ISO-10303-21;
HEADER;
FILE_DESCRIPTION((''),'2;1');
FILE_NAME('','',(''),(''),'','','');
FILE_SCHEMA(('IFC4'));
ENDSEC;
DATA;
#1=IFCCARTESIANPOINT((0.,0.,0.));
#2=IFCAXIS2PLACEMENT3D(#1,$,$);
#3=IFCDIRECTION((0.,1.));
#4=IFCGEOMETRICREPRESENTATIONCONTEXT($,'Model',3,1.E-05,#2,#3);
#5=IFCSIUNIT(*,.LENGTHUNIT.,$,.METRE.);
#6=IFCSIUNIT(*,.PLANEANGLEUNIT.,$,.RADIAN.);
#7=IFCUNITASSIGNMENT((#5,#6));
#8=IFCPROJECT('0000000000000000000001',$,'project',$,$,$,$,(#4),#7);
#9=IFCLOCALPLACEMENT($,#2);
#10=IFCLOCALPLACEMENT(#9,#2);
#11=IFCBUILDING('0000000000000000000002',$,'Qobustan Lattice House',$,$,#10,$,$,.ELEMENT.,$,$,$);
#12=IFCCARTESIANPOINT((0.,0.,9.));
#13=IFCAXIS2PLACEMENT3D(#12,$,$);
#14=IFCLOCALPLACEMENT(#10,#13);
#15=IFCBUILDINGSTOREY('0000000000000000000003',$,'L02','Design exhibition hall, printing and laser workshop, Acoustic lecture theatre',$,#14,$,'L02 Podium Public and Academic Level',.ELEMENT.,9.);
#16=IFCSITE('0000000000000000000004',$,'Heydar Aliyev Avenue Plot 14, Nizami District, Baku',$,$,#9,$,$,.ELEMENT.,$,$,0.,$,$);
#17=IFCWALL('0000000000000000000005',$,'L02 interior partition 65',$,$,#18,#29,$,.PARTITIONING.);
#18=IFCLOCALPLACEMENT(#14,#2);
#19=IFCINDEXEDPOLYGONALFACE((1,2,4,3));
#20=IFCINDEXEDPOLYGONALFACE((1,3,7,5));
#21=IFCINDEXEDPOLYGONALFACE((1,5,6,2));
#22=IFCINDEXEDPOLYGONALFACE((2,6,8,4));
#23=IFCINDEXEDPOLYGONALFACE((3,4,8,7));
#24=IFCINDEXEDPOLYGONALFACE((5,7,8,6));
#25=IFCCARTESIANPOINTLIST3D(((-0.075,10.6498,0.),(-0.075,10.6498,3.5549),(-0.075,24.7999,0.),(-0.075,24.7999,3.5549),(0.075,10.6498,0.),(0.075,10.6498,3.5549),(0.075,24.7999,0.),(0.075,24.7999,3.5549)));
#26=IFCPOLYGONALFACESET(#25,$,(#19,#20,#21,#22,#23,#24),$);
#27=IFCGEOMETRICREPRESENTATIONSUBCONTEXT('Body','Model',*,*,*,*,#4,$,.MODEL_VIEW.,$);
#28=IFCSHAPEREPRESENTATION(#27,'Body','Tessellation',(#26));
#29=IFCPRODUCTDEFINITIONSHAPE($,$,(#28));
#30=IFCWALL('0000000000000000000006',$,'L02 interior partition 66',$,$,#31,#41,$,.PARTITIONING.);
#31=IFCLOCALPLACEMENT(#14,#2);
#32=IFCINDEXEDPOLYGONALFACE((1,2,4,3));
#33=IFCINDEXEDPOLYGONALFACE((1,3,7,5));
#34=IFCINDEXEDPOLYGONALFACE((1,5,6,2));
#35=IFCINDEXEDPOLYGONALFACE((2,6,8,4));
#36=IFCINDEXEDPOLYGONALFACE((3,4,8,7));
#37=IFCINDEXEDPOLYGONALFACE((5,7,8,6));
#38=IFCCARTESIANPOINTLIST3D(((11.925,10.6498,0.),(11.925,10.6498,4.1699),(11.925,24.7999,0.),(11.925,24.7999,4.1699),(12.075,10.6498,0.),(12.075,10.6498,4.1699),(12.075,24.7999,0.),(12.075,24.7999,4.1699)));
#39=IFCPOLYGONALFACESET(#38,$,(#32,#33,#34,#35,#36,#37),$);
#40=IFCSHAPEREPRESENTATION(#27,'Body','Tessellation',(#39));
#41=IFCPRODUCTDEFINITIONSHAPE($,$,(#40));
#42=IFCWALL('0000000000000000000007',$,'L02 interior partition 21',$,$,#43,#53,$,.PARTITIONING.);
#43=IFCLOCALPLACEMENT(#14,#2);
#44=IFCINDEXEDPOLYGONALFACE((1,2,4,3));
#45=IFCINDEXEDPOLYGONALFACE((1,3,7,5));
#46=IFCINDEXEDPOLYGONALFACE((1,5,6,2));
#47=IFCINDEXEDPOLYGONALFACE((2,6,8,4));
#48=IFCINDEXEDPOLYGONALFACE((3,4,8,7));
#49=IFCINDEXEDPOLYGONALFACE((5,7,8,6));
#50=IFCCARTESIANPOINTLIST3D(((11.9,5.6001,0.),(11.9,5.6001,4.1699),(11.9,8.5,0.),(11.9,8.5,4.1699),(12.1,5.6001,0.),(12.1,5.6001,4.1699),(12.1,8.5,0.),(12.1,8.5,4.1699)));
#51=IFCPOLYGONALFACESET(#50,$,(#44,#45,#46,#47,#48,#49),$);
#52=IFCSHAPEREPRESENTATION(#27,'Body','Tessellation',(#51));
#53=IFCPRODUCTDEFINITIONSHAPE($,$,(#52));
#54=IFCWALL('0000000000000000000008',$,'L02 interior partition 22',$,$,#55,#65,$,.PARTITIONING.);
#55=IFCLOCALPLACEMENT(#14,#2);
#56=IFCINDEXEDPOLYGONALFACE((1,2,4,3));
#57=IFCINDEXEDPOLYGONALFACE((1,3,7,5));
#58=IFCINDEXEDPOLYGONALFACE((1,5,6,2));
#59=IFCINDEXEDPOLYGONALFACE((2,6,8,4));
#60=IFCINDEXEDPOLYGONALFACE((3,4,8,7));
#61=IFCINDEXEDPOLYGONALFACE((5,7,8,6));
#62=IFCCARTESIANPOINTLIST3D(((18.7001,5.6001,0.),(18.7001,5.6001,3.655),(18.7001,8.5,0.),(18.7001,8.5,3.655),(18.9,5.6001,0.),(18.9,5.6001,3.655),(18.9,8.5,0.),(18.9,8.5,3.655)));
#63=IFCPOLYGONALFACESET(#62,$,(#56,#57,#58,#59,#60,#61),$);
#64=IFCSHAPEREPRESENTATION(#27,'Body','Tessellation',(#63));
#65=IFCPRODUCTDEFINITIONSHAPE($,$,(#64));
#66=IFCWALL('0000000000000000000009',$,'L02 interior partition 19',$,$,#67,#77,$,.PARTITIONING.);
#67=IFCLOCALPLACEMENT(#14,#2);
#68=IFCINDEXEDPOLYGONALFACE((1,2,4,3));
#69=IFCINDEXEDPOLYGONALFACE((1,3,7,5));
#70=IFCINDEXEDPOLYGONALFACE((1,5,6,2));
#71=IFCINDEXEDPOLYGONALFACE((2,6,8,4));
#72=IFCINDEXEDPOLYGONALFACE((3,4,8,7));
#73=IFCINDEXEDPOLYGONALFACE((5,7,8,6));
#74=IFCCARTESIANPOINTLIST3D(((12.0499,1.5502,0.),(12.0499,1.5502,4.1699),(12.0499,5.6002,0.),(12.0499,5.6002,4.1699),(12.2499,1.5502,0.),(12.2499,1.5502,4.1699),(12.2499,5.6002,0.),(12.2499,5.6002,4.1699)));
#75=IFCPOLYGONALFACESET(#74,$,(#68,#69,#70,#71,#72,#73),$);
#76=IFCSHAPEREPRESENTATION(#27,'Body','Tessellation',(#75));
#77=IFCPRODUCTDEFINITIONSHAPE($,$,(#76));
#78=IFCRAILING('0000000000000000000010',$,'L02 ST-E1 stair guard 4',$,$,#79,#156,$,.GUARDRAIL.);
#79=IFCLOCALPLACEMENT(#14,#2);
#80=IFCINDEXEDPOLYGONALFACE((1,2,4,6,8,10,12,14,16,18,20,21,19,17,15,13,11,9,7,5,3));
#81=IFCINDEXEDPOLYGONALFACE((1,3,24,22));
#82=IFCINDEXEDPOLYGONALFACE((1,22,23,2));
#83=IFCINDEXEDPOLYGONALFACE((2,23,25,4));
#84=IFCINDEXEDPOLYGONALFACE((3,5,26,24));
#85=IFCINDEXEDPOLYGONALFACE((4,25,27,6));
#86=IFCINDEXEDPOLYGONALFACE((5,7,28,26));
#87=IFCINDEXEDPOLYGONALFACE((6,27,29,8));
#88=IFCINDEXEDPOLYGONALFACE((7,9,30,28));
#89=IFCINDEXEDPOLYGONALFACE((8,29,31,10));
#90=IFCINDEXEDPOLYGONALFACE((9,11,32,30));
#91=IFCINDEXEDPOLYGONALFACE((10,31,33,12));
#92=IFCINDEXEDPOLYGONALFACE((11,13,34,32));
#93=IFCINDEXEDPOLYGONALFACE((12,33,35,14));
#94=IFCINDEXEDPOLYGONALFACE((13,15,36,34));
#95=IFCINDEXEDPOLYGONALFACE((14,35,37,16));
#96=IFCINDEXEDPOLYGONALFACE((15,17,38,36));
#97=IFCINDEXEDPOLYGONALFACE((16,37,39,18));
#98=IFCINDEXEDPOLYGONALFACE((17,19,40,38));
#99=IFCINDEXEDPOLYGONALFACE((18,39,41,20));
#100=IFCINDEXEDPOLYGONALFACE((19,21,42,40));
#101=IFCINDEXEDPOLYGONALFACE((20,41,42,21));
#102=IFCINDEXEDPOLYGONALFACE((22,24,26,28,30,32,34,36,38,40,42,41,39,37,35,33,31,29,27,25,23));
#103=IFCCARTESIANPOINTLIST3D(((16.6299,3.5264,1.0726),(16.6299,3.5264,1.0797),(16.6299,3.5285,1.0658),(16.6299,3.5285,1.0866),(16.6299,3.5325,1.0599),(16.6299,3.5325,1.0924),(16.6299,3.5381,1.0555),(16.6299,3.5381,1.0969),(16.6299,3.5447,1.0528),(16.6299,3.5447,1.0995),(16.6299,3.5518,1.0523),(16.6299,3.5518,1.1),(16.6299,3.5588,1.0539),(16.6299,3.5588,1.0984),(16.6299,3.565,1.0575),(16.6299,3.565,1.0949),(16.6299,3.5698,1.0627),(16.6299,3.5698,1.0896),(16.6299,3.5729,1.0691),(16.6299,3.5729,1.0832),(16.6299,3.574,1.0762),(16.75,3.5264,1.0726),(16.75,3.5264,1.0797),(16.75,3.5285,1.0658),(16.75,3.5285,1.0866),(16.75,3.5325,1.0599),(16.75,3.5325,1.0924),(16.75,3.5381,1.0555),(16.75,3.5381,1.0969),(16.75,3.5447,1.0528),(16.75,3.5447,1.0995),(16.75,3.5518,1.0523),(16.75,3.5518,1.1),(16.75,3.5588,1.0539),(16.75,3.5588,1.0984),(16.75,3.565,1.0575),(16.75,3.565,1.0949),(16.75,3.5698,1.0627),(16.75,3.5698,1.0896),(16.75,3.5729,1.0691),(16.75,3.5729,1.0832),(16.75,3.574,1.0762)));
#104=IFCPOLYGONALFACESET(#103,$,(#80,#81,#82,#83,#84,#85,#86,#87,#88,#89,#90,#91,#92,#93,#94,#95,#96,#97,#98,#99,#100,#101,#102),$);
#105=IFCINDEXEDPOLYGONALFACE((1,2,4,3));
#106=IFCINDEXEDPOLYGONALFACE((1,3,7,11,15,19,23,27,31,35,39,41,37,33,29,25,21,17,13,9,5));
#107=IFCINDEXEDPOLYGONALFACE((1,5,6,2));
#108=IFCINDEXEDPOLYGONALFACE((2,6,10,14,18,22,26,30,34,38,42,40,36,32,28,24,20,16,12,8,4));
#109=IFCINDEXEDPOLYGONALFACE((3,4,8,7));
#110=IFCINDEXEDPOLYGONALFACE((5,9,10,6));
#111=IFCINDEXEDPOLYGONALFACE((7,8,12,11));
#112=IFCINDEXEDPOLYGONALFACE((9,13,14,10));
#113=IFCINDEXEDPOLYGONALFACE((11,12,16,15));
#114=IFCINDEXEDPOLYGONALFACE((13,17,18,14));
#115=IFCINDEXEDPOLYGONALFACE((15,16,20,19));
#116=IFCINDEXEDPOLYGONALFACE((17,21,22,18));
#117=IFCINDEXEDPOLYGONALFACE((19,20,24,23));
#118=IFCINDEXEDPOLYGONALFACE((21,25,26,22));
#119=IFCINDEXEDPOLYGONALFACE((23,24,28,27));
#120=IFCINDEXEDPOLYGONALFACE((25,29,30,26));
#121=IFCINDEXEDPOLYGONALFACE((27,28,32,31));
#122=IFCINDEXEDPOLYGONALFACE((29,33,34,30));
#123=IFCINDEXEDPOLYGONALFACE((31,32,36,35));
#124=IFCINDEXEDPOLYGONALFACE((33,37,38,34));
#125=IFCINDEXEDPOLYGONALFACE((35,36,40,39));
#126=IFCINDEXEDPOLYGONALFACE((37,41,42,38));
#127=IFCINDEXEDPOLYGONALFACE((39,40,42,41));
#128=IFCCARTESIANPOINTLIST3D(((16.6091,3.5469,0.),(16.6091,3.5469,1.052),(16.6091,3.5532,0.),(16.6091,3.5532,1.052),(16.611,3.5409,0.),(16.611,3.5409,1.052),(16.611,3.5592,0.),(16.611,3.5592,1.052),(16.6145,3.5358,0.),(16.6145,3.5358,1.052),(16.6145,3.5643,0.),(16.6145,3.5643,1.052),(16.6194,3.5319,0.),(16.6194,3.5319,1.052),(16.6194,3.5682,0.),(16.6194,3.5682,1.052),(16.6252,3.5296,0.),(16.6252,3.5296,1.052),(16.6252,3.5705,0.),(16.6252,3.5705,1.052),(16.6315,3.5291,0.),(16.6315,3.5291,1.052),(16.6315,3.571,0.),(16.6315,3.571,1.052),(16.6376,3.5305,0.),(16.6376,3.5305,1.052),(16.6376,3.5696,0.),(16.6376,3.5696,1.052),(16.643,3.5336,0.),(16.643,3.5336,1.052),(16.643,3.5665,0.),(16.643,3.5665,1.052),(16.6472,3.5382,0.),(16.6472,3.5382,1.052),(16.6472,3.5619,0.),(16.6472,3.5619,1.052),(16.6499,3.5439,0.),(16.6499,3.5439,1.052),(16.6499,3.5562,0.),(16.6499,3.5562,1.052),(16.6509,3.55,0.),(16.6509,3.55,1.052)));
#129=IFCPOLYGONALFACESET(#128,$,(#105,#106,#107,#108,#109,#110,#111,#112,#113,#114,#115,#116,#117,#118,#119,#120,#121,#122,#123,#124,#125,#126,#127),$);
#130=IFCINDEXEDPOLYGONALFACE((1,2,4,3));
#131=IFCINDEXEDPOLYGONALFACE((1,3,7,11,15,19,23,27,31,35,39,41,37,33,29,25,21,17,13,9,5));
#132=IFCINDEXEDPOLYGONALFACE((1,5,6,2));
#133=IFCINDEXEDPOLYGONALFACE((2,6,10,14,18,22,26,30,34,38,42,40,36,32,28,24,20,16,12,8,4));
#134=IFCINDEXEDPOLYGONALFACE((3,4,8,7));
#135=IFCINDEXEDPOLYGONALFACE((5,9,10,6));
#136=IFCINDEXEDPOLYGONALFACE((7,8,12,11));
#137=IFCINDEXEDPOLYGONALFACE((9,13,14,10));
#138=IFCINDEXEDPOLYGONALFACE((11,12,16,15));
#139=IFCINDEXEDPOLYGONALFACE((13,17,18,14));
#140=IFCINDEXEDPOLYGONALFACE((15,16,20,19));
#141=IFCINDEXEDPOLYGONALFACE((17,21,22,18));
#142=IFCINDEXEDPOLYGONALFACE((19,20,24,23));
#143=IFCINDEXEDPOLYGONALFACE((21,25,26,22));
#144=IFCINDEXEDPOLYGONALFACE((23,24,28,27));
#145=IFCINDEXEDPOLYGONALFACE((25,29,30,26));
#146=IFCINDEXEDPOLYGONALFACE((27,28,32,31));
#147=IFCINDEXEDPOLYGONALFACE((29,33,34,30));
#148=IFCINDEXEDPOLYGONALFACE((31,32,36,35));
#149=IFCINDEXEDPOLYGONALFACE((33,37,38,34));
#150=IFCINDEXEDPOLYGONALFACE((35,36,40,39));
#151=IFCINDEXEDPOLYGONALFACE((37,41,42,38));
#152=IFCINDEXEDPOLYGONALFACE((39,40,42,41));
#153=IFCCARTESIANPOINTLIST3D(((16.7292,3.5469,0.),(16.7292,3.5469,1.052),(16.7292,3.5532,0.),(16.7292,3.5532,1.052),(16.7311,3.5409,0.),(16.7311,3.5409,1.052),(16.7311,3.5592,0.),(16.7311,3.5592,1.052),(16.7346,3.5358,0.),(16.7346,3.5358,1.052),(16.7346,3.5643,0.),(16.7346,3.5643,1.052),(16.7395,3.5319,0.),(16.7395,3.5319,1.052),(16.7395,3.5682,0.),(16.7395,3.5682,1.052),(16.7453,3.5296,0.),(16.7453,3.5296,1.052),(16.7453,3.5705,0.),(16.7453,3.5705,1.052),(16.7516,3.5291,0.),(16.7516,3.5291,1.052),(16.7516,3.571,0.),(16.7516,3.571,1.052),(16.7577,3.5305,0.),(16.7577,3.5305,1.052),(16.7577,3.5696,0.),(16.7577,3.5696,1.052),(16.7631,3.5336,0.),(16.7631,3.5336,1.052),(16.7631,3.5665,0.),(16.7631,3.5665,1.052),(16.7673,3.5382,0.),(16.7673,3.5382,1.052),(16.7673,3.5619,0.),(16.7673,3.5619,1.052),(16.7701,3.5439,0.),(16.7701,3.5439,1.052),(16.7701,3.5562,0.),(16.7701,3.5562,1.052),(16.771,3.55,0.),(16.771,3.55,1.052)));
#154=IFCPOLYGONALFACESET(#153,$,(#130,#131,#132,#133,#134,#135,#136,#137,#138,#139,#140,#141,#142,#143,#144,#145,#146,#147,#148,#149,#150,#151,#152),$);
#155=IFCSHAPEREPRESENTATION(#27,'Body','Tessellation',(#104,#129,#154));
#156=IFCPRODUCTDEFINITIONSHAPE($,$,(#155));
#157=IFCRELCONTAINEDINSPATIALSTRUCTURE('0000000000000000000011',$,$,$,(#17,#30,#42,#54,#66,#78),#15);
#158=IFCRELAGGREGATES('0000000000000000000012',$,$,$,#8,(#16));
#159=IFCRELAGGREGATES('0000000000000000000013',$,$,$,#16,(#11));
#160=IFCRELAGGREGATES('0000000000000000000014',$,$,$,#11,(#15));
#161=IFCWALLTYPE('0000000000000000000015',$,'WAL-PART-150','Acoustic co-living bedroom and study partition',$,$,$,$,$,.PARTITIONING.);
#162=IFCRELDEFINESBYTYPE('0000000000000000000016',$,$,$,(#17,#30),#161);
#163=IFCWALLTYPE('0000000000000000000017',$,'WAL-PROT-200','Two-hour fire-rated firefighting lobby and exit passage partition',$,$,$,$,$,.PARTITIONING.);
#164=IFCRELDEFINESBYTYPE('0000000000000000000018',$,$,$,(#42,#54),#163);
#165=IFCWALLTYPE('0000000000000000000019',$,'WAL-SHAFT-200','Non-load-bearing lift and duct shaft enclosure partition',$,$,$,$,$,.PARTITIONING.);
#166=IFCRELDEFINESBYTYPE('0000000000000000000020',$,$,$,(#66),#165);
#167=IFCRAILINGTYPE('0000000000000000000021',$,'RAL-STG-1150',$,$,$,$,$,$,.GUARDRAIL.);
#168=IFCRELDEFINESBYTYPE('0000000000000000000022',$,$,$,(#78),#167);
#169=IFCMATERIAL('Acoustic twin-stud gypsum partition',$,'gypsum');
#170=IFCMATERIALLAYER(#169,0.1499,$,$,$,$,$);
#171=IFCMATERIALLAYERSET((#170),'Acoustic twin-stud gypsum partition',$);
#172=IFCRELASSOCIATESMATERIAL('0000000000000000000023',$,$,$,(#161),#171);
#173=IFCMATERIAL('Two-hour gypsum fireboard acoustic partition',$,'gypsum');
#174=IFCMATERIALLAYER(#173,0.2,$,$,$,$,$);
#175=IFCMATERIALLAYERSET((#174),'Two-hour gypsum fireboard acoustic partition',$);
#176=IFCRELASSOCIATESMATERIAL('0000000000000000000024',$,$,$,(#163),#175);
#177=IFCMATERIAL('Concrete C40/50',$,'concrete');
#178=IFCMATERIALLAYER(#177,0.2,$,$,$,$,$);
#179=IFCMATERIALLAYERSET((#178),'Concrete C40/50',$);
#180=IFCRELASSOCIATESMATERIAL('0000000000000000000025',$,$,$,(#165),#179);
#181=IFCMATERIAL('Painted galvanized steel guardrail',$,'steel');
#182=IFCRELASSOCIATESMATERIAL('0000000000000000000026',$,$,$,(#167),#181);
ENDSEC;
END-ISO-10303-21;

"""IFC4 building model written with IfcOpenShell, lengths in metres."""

from ifc_helpers import new_model, si_unit, direction, frame, frame_2d, origin, origin_2d, place, context, subcontext, project, spatial, rectangle, circle, extrude, material, layer, layer_set, type_object, element, save


model = new_model("IFC4")

# Units and contexts
model_context = context("Model", 3, precision=1e-05, world=origin(), true_north=direction((0.0, 1.0)))
body_context = subcontext(model_context, "Body", "Model", "MODEL_VIEW")
ifc_project = project(units=[si_unit("LENGTHUNIT", "METRE"), si_unit("PLANEANGLEUNIT", "RADIAN")], contexts=[model_context])

# Site, building, storey
site_placement = place(None, origin())
site = spatial("IfcSite", under=ifc_project, at=site_placement, Name="Heydar Aliyev Avenue Plot 14, Nizami District, Baku", CompositionType="ELEMENT", RefElevation=0.0)
building_placement = place(site_placement, origin())
building = spatial("IfcBuilding", under=site, at=building_placement, Name="Qobustan Lattice House", CompositionType="ELEMENT")
storey_placement = place(building_placement, frame((0.0, 0.0, 9.0)))
storey = spatial("IfcBuildingStorey", under=building, at=storey_placement, Name="L02", Description="Design exhibition hall, printing and laser workshop, Acoustic lecture theatre", LongName="L02 Podium Public and Academic Level", CompositionType="ELEMENT", Elevation=9.0)

# Shared definitions
ifc_material_1 = material(Name="Acoustic twin-stud gypsum partition", Category="gypsum")
ifc_layer_1 = layer(ifc_material_1, 0.1499)
ifc_layer_set_1 = layer_set([ifc_layer_1], Name="Acoustic twin-stud gypsum partition")
wall_type_1 = type_object("IfcWallType", Name="WAL-PART-150", Description="Acoustic co-living bedroom and study partition", PredefinedType="PARTITIONING", material=ifc_layer_set_1)

# Walls
wall_1_placement = place(storey_placement, frame((0.0, 24.8, 0.0), z_axis=(0.0, 0.0, 1.0), x_axis=(0.0, -1.0, 0.0)))
element("IfcWall", 1, at=wall_1_placement, inside=storey, type_object=wall_type_1, Name="L02 interior partition 65", PredefinedType="PARTITIONING", context=body_context, shape_type="SweptSolid", body=[
    extrude(rectangle(XDim=14.1501, YDim=0.1499, at=frame_2d((7.0752, 0.0))), origin(), (0.0, 0.0, 1.0), 3.5549),
])
wall_2_placement = place(storey_placement, frame((12.0, 24.8, 0.0), z_axis=(0.0, 0.0, 1.0), x_axis=(0.0, -1.0, 0.0)))
element("IfcWall", 2, at=wall_2_placement, inside=storey, type_object=wall_type_1, Name="L02 interior partition 66", PredefinedType="PARTITIONING", context=body_context, shape_type="SweptSolid", body=[
    extrude(rectangle(XDim=14.1501, YDim=0.1499, at=frame_2d((7.0752, 0.0))), origin(), (0.0, 0.0, 1.0), 4.1699),
])
ifc_material_2 = material(Name="Two-hour gypsum fireboard acoustic partition", Category="gypsum")
ifc_layer_2 = layer(ifc_material_2, 0.2)
ifc_layer_set_2 = layer_set([ifc_layer_2], Name="Two-hour gypsum fireboard acoustic partition")
wall_type_2 = type_object("IfcWallType", Name="WAL-PROT-200", Description="Two-hour fire-rated firefighting lobby and exit passage partition", PredefinedType="PARTITIONING", material=ifc_layer_set_2)
wall_3_placement = place(storey_placement, frame((12.0, 8.5, 0.0), z_axis=(0.0, 0.0, 1.0), x_axis=(0.0, -1.0, 0.0)))
element("IfcWall", 3, at=wall_3_placement, inside=storey, type_object=wall_type_2, Name="L02 interior partition 21", PredefinedType="PARTITIONING", context=body_context, shape_type="SweptSolid", body=[
    extrude(rectangle(XDim=2.8999, YDim=0.2, at=frame_2d((1.45, 0.0))), origin(), (0.0, 0.0, 1.0), 4.1699),
])
wall_4_placement = place(storey_placement, frame((18.8, 5.6001, 0.0), z_axis=(0.0, 0.0, 1.0), x_axis=(0.0, 1.0, 0.0)))
element("IfcWall", 4, at=wall_4_placement, inside=storey, type_object=wall_type_2, Name="L02 interior partition 22", PredefinedType="PARTITIONING", context=body_context, shape_type="SweptSolid", body=[
    extrude(rectangle(XDim=2.8999, YDim=0.2, at=frame_2d((1.45, 0.0))), origin(), (0.0, 0.0, 1.0), 3.655),
])
ifc_material_3 = material(Name="Concrete C40/50", Category="concrete")
ifc_layer_3 = layer(ifc_material_3, 0.2)
ifc_layer_set_3 = layer_set([ifc_layer_3], Name="Concrete C40/50")
wall_type_3 = type_object("IfcWallType", Name="WAL-SHAFT-200", Description="Non-load-bearing lift and duct shaft enclosure partition", PredefinedType="PARTITIONING", material=ifc_layer_set_3)
wall_5_placement = place(storey_placement, frame((12.1499, 5.6001, 0.0), z_axis=(0.0, 0.0, 1.0), x_axis=(0.0, -1.0, 0.0)))
element("IfcWall", 5, at=wall_5_placement, inside=storey, type_object=wall_type_3, Name="L02 interior partition 19", PredefinedType="PARTITIONING", context=body_context, shape_type="SweptSolid", body=[
    extrude(rectangle(XDim=4.05, YDim=0.2, at=frame_2d((2.0249, 0.0))), origin(), (0.0, 0.0, 1.0), 4.1699),
])

# Railing
ifc_material_4 = material(Name="Painted galvanized steel guardrail", Category="steel")
railing_type = type_object("IfcRailingType", Name="RAL-STG-1150", PredefinedType="GUARDRAIL", material=ifc_material_4)
railing_placement = place(storey_placement, frame((16.6299, 3.55, 0.0)))
element("IfcRailing", 6, at=railing_placement, inside=storey, type_object=railing_type, Name="L02 ST-E1 stair guard 4", PredefinedType="GUARDRAIL", context=body_context, shape_type="SweptSolid", body=[
    extrude(circle(Radius=0.0239, at=origin_2d()), frame((0.0, 0.0, 1.0762), z_axis=(1.0, 0.0, 0.0), x_axis=(0.0, 1.0, 0.0)), (0.0, 0.0, 1.0), 0.1201),
    extrude(circle(Radius=0.021, at=origin_2d()), origin(), (0.0, 0.0, 1.0), 1.052),
    extrude(circle(Radius=0.021, at=origin_2d()), frame((0.1201, 0.0, 0.0)), (0.0, 0.0, 1.0), 1.052),
])

save(model, "model.ifc")
